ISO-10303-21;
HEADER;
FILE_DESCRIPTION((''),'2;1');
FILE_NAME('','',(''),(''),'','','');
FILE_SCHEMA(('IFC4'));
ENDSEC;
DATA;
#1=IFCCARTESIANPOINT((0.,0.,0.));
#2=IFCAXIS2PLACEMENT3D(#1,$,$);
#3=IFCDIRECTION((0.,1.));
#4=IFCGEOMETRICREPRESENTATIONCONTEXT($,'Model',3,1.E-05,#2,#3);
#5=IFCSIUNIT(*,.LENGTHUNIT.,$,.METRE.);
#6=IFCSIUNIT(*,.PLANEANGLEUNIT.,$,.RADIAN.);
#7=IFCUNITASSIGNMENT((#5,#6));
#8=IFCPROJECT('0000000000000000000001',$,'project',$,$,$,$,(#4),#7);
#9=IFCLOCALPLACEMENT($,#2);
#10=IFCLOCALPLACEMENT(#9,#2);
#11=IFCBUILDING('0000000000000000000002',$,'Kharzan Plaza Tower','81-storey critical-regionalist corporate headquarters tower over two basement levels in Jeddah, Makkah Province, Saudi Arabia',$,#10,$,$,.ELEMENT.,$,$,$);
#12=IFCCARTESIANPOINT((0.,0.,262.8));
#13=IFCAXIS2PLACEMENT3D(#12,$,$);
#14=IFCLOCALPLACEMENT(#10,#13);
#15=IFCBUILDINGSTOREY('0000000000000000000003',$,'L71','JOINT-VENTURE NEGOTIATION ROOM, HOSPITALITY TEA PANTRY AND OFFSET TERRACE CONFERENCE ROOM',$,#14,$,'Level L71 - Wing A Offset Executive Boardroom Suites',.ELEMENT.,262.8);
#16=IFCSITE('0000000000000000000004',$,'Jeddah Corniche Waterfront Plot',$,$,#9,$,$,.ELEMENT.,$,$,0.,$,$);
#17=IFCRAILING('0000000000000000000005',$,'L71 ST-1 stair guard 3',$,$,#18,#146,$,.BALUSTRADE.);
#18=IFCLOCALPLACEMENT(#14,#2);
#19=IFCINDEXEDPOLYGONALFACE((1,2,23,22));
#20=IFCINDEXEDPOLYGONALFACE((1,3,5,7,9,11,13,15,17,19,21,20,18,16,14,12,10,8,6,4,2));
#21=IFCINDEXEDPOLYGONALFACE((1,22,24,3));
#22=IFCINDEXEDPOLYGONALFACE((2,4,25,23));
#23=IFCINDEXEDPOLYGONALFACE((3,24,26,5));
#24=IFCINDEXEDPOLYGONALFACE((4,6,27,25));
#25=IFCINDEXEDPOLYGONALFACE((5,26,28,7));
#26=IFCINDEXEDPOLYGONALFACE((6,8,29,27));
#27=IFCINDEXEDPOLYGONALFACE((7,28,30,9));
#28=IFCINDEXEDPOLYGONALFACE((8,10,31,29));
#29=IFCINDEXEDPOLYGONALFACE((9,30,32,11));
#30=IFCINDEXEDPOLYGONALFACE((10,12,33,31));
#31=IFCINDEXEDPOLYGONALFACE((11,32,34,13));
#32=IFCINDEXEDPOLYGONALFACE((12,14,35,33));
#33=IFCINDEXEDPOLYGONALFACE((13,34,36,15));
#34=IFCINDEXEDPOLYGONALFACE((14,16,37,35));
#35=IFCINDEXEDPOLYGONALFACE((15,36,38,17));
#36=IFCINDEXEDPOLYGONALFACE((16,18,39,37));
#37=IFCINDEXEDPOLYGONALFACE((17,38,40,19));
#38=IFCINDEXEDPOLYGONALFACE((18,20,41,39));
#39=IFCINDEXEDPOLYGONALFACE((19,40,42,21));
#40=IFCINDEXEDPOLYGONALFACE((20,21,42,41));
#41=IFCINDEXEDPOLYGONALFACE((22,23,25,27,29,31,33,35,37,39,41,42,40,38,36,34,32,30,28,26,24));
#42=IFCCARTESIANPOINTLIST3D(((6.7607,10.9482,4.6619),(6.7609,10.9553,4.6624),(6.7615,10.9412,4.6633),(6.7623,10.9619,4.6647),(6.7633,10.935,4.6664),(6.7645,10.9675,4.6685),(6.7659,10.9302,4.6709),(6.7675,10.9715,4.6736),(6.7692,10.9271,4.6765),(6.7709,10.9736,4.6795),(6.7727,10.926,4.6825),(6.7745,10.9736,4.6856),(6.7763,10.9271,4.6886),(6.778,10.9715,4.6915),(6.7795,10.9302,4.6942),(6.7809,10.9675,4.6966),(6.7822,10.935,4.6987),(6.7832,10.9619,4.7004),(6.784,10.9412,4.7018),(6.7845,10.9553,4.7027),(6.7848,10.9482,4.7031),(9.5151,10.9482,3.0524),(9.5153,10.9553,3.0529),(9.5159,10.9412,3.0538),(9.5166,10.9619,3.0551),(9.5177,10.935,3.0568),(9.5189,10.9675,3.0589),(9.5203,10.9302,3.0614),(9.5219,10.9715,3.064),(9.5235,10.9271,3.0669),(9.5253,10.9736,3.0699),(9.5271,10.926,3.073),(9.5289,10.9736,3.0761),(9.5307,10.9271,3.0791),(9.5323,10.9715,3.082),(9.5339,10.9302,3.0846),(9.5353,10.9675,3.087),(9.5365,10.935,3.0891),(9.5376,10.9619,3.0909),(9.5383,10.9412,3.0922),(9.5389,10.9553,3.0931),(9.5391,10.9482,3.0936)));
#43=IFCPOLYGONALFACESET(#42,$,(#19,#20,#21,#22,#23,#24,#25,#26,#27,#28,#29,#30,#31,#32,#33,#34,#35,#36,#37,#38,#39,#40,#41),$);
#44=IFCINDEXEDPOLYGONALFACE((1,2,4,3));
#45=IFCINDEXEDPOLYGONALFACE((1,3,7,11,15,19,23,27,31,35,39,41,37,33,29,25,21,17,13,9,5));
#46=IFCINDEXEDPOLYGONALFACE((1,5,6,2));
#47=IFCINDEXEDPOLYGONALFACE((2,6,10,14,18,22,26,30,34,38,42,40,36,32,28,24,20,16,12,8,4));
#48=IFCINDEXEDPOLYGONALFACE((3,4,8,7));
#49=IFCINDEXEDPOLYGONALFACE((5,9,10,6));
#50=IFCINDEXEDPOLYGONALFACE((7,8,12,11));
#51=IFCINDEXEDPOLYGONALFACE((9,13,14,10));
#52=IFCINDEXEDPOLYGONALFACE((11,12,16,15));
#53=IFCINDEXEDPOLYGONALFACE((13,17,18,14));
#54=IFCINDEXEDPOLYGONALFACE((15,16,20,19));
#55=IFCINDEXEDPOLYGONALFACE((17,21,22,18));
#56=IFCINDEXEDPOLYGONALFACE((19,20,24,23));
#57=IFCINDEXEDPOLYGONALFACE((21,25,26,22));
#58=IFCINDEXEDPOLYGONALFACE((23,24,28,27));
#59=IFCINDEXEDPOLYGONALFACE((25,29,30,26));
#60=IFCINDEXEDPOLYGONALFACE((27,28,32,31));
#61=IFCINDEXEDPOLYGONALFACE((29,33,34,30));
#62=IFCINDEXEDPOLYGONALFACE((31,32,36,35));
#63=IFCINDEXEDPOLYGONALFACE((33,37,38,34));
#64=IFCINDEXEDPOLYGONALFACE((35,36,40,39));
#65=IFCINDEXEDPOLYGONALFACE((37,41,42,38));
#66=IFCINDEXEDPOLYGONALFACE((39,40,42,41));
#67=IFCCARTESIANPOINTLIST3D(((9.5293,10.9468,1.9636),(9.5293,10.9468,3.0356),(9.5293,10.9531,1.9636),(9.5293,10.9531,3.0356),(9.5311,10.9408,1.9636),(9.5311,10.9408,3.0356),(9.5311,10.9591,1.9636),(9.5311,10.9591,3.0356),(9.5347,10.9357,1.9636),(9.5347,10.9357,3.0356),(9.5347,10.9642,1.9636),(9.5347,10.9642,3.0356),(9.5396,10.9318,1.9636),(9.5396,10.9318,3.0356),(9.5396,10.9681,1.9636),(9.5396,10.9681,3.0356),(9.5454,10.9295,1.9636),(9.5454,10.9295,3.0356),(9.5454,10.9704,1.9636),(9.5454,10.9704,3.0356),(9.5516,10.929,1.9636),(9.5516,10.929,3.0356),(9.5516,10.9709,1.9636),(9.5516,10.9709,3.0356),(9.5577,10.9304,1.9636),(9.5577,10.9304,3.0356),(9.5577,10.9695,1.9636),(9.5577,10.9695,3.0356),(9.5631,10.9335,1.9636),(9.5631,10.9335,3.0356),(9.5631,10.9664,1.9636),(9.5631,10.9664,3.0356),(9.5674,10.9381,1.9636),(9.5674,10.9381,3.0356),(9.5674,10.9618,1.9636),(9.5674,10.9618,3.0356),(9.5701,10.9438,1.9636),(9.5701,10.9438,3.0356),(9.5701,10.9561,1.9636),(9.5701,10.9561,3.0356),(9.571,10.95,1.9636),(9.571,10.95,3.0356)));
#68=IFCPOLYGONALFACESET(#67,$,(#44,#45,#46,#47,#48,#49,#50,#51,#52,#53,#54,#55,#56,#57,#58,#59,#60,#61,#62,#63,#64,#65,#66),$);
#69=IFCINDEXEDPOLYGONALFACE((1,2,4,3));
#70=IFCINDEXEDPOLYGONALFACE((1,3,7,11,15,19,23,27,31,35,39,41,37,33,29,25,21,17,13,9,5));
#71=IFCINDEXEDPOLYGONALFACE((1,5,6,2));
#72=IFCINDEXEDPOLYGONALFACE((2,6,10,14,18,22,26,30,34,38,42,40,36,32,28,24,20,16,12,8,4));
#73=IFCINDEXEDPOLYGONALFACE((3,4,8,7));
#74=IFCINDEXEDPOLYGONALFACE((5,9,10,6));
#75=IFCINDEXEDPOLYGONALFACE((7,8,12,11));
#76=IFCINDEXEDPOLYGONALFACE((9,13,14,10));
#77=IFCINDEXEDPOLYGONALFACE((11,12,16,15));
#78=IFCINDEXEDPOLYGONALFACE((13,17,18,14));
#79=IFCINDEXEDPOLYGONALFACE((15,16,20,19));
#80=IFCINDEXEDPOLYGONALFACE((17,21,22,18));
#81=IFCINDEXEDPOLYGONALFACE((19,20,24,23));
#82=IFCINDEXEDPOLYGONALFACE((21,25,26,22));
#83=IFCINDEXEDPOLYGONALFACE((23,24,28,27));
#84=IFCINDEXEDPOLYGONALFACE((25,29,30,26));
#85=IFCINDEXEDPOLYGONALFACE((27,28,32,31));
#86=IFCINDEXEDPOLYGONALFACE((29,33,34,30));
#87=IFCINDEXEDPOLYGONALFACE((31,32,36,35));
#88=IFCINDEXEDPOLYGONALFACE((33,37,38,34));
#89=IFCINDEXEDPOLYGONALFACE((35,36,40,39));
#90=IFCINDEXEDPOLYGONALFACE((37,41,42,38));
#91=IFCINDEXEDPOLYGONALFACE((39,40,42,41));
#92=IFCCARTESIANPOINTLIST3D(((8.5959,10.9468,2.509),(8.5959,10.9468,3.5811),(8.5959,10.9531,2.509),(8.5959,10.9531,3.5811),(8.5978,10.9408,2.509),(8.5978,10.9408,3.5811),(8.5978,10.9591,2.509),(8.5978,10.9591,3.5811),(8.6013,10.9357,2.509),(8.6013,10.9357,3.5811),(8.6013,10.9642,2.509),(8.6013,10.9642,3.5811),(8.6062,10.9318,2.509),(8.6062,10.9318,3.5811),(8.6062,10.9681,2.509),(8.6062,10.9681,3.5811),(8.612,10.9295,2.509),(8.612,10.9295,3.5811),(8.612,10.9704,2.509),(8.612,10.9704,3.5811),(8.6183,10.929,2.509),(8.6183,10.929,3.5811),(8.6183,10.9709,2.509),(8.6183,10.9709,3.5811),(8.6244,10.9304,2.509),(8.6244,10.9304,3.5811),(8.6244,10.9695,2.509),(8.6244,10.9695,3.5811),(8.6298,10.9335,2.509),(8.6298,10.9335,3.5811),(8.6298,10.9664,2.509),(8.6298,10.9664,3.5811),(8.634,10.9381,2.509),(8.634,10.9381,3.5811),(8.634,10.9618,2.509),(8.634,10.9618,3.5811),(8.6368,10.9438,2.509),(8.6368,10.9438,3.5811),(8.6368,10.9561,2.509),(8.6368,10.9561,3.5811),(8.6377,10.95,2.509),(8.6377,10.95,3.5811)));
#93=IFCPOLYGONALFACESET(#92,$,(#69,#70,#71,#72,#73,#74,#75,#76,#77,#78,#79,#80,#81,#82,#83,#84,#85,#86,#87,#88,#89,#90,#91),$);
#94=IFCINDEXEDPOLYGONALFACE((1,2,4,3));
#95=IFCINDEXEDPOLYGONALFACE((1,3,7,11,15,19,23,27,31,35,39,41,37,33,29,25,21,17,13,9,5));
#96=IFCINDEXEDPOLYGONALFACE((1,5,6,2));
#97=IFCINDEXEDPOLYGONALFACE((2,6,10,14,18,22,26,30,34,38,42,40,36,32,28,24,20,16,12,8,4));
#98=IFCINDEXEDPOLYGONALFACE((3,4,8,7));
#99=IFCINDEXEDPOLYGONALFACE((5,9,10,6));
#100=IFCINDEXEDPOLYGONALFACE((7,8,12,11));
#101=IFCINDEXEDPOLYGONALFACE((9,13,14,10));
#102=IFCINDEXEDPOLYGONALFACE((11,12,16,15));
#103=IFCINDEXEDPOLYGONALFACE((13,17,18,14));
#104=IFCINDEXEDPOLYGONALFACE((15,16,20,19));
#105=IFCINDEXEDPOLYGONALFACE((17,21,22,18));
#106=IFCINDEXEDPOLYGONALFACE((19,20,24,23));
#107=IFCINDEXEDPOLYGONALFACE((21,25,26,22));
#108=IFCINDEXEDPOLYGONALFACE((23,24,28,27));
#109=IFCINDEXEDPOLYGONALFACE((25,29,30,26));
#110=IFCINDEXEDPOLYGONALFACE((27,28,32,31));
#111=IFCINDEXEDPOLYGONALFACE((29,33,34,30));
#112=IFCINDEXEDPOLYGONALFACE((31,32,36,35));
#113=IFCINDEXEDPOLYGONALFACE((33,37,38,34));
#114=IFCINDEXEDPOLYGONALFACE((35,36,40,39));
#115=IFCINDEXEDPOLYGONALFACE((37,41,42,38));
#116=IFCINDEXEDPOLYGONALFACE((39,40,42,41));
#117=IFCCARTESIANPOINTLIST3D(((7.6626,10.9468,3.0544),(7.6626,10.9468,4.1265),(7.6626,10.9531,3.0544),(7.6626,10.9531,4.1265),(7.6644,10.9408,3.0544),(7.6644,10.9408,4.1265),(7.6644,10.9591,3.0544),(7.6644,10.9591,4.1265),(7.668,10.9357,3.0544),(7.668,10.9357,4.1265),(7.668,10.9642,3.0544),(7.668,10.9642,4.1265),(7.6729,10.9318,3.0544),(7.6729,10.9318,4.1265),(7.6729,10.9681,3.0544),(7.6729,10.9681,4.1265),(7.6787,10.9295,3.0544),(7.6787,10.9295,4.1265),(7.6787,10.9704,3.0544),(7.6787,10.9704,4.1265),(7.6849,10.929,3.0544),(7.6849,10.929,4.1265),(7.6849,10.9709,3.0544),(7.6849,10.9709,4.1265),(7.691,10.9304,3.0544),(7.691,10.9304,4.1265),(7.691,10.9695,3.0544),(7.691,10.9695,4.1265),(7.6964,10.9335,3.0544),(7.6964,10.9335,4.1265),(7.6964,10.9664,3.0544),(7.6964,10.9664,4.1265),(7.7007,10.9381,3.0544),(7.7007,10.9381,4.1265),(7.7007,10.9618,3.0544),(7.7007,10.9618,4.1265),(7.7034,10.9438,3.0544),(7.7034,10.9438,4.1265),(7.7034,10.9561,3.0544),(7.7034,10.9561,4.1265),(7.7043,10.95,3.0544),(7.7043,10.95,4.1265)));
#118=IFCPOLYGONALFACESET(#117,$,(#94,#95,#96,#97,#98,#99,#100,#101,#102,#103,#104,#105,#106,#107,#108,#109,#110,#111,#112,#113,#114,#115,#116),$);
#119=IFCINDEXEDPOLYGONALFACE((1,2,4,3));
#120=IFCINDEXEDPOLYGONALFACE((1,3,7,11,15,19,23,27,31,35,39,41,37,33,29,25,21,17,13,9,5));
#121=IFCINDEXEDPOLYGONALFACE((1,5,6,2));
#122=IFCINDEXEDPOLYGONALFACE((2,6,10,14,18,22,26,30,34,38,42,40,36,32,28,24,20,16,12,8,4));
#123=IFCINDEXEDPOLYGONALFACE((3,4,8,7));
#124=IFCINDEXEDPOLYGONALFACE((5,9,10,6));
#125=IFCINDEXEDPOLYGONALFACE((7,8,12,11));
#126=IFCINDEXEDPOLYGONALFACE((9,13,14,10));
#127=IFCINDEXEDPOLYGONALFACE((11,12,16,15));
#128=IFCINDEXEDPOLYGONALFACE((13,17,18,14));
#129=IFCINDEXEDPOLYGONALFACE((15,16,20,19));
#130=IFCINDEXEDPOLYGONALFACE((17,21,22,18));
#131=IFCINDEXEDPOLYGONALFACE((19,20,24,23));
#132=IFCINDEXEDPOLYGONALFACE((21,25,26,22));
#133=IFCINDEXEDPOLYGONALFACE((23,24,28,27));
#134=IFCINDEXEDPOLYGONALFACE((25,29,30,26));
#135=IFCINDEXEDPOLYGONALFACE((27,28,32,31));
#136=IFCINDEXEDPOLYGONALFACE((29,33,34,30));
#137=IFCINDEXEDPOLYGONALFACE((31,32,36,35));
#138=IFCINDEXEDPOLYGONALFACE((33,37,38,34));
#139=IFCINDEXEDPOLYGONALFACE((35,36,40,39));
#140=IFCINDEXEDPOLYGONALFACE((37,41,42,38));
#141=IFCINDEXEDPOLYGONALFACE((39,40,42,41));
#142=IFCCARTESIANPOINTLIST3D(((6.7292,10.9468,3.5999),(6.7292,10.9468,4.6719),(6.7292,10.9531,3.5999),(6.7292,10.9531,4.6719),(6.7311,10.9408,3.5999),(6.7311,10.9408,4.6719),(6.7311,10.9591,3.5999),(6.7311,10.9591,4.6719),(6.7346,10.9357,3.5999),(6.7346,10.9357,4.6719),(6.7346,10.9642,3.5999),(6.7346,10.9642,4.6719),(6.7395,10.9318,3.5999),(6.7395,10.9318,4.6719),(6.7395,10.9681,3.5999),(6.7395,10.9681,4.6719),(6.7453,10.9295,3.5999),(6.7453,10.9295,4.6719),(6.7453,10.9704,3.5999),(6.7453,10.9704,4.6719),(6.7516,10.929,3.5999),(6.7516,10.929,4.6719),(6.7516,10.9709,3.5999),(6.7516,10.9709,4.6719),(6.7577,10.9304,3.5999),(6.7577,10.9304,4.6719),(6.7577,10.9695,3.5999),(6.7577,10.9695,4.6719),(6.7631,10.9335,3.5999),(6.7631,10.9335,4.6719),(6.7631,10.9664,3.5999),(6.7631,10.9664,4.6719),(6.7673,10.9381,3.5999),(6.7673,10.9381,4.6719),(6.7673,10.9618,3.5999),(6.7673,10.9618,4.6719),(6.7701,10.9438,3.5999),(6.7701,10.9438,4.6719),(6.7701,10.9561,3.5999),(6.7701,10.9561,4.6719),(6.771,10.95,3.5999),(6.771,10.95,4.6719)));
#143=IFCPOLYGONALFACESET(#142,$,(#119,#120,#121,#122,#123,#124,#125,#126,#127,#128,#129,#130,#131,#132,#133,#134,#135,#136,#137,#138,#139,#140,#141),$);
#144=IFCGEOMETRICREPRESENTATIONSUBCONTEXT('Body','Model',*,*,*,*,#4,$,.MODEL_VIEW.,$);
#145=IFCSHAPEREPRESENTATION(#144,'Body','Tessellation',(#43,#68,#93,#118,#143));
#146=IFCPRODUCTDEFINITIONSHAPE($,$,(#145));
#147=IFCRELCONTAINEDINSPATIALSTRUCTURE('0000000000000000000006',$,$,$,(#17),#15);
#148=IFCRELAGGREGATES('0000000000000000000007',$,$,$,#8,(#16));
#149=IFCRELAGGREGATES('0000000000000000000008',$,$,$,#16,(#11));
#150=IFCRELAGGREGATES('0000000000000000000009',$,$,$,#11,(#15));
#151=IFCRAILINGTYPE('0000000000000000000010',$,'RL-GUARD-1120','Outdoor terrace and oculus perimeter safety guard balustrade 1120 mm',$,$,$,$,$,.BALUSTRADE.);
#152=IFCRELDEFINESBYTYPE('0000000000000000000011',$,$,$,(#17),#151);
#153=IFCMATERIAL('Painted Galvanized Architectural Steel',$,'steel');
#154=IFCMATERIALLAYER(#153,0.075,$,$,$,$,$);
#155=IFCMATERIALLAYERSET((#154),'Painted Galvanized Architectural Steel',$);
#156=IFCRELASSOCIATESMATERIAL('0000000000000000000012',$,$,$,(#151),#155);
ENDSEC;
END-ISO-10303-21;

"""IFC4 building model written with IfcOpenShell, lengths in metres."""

from ifc_helpers import new_model, si_unit, direction, frame, origin, origin_2d, place, context, subcontext, project, spatial, circle, extrude, source, transform, mapped, material, layer, layer_set, type_object, element, save


model = new_model("IFC4")

# Units and contexts
model_context = context("Model", 3, precision=1e-05, world=origin(), true_north=direction((0.0, 1.0)))
body_context = subcontext(model_context, "Body", "Model", "MODEL_VIEW")
ifc_project = project(units=[si_unit("LENGTHUNIT", "METRE"), si_unit("PLANEANGLEUNIT", "RADIAN")], contexts=[model_context])

# Site, building, storey
site_placement = place(None, origin())
site = spatial("IfcSite", under=ifc_project, at=site_placement, Name="Jeddah Corniche Waterfront Plot", CompositionType="ELEMENT", RefElevation=0.0)
building_placement = place(site_placement, origin())
building = spatial("IfcBuilding", under=site, at=building_placement, Name="Kharzan Plaza Tower", Description="81-storey critical-regionalist corporate headquarters tower over two basement levels in Jeddah, Makkah Province, Saudi Arabia", CompositionType="ELEMENT")
storey_placement = place(building_placement, frame((0.0, 0.0, 262.8)))
storey = spatial("IfcBuildingStorey", under=building, at=storey_placement, Name="L71", Description="JOINT-VENTURE NEGOTIATION ROOM, HOSPITALITY TEA PANTRY AND OFFSET TERRACE CONFERENCE ROOM", LongName="Level L71 - Wing A Offset Executive Boardroom Suites", CompositionType="ELEMENT", Elevation=262.8)

# Shared definitions
ifc_material_1 = material(Name="Painted Galvanized Architectural Steel", Category="steel")
ifc_layer_1 = layer(ifc_material_1, 0.075)
ifc_layer_set_1 = layer_set([ifc_layer_1], Name="Painted Galvanized Architectural Steel")
railing_type_1 = type_object("IfcRailingType", Name="RL-GUARD-1120", Description="Outdoor terrace and oculus perimeter safety guard balustrade 1120 mm", PredefinedType="BALUSTRADE", material=ifc_layer_set_1)

# Railing
shared_shape_1 = source(origin(), body_context, "Body", "SweptSolid", [
    extrude(circle(Radius=0.0239, at=origin_2d()), frame((-0.0229, 0.0, 1.1094), z_axis=(-0.863394, 0.0, 0.504531), x_axis=(0.0, -1.0, 0.0)), (0.0, 0.0, 1.0), 3.1902),
    extrude(circle(Radius=0.021, at=origin_2d()), origin(), (0.0, 0.0, 1.0), 1.072),
    extrude(circle(Radius=0.021, at=origin_2d()), frame((-0.9333, 0.0, 0.5454)), (0.0, 0.0, 1.0), 1.072),
    extrude(circle(Radius=0.021, at=origin_2d()), frame((-1.8667, 0.0, 1.0908)), (0.0, 0.0, 1.0), 1.072),
    extrude(circle(Radius=0.021, at=origin_2d()), frame((-2.8, 0.0, 1.6362)), (0.0, 0.0, 1.0), 1.072),
])
railing_1_placement = place(storey_placement, frame((9.55, 10.95, 1.9636)))
element("IfcRailing", 1, at=railing_1_placement, inside=storey, type_object=railing_type_1, Name="L71 ST-1 stair guard 3", PredefinedType="BALUSTRADE", context=body_context, shape_type="MappedRepresentation", body=[
    mapped(shared_shape_1, transform((0.0, 0.0, 0.0), x_axis=(1.0, 0.0, 0.0), y_axis=(0.0, 1.0, 0.0), z_axis=(0.0, 0.0, 1.0))),
])

save(model, "model.ifc")
